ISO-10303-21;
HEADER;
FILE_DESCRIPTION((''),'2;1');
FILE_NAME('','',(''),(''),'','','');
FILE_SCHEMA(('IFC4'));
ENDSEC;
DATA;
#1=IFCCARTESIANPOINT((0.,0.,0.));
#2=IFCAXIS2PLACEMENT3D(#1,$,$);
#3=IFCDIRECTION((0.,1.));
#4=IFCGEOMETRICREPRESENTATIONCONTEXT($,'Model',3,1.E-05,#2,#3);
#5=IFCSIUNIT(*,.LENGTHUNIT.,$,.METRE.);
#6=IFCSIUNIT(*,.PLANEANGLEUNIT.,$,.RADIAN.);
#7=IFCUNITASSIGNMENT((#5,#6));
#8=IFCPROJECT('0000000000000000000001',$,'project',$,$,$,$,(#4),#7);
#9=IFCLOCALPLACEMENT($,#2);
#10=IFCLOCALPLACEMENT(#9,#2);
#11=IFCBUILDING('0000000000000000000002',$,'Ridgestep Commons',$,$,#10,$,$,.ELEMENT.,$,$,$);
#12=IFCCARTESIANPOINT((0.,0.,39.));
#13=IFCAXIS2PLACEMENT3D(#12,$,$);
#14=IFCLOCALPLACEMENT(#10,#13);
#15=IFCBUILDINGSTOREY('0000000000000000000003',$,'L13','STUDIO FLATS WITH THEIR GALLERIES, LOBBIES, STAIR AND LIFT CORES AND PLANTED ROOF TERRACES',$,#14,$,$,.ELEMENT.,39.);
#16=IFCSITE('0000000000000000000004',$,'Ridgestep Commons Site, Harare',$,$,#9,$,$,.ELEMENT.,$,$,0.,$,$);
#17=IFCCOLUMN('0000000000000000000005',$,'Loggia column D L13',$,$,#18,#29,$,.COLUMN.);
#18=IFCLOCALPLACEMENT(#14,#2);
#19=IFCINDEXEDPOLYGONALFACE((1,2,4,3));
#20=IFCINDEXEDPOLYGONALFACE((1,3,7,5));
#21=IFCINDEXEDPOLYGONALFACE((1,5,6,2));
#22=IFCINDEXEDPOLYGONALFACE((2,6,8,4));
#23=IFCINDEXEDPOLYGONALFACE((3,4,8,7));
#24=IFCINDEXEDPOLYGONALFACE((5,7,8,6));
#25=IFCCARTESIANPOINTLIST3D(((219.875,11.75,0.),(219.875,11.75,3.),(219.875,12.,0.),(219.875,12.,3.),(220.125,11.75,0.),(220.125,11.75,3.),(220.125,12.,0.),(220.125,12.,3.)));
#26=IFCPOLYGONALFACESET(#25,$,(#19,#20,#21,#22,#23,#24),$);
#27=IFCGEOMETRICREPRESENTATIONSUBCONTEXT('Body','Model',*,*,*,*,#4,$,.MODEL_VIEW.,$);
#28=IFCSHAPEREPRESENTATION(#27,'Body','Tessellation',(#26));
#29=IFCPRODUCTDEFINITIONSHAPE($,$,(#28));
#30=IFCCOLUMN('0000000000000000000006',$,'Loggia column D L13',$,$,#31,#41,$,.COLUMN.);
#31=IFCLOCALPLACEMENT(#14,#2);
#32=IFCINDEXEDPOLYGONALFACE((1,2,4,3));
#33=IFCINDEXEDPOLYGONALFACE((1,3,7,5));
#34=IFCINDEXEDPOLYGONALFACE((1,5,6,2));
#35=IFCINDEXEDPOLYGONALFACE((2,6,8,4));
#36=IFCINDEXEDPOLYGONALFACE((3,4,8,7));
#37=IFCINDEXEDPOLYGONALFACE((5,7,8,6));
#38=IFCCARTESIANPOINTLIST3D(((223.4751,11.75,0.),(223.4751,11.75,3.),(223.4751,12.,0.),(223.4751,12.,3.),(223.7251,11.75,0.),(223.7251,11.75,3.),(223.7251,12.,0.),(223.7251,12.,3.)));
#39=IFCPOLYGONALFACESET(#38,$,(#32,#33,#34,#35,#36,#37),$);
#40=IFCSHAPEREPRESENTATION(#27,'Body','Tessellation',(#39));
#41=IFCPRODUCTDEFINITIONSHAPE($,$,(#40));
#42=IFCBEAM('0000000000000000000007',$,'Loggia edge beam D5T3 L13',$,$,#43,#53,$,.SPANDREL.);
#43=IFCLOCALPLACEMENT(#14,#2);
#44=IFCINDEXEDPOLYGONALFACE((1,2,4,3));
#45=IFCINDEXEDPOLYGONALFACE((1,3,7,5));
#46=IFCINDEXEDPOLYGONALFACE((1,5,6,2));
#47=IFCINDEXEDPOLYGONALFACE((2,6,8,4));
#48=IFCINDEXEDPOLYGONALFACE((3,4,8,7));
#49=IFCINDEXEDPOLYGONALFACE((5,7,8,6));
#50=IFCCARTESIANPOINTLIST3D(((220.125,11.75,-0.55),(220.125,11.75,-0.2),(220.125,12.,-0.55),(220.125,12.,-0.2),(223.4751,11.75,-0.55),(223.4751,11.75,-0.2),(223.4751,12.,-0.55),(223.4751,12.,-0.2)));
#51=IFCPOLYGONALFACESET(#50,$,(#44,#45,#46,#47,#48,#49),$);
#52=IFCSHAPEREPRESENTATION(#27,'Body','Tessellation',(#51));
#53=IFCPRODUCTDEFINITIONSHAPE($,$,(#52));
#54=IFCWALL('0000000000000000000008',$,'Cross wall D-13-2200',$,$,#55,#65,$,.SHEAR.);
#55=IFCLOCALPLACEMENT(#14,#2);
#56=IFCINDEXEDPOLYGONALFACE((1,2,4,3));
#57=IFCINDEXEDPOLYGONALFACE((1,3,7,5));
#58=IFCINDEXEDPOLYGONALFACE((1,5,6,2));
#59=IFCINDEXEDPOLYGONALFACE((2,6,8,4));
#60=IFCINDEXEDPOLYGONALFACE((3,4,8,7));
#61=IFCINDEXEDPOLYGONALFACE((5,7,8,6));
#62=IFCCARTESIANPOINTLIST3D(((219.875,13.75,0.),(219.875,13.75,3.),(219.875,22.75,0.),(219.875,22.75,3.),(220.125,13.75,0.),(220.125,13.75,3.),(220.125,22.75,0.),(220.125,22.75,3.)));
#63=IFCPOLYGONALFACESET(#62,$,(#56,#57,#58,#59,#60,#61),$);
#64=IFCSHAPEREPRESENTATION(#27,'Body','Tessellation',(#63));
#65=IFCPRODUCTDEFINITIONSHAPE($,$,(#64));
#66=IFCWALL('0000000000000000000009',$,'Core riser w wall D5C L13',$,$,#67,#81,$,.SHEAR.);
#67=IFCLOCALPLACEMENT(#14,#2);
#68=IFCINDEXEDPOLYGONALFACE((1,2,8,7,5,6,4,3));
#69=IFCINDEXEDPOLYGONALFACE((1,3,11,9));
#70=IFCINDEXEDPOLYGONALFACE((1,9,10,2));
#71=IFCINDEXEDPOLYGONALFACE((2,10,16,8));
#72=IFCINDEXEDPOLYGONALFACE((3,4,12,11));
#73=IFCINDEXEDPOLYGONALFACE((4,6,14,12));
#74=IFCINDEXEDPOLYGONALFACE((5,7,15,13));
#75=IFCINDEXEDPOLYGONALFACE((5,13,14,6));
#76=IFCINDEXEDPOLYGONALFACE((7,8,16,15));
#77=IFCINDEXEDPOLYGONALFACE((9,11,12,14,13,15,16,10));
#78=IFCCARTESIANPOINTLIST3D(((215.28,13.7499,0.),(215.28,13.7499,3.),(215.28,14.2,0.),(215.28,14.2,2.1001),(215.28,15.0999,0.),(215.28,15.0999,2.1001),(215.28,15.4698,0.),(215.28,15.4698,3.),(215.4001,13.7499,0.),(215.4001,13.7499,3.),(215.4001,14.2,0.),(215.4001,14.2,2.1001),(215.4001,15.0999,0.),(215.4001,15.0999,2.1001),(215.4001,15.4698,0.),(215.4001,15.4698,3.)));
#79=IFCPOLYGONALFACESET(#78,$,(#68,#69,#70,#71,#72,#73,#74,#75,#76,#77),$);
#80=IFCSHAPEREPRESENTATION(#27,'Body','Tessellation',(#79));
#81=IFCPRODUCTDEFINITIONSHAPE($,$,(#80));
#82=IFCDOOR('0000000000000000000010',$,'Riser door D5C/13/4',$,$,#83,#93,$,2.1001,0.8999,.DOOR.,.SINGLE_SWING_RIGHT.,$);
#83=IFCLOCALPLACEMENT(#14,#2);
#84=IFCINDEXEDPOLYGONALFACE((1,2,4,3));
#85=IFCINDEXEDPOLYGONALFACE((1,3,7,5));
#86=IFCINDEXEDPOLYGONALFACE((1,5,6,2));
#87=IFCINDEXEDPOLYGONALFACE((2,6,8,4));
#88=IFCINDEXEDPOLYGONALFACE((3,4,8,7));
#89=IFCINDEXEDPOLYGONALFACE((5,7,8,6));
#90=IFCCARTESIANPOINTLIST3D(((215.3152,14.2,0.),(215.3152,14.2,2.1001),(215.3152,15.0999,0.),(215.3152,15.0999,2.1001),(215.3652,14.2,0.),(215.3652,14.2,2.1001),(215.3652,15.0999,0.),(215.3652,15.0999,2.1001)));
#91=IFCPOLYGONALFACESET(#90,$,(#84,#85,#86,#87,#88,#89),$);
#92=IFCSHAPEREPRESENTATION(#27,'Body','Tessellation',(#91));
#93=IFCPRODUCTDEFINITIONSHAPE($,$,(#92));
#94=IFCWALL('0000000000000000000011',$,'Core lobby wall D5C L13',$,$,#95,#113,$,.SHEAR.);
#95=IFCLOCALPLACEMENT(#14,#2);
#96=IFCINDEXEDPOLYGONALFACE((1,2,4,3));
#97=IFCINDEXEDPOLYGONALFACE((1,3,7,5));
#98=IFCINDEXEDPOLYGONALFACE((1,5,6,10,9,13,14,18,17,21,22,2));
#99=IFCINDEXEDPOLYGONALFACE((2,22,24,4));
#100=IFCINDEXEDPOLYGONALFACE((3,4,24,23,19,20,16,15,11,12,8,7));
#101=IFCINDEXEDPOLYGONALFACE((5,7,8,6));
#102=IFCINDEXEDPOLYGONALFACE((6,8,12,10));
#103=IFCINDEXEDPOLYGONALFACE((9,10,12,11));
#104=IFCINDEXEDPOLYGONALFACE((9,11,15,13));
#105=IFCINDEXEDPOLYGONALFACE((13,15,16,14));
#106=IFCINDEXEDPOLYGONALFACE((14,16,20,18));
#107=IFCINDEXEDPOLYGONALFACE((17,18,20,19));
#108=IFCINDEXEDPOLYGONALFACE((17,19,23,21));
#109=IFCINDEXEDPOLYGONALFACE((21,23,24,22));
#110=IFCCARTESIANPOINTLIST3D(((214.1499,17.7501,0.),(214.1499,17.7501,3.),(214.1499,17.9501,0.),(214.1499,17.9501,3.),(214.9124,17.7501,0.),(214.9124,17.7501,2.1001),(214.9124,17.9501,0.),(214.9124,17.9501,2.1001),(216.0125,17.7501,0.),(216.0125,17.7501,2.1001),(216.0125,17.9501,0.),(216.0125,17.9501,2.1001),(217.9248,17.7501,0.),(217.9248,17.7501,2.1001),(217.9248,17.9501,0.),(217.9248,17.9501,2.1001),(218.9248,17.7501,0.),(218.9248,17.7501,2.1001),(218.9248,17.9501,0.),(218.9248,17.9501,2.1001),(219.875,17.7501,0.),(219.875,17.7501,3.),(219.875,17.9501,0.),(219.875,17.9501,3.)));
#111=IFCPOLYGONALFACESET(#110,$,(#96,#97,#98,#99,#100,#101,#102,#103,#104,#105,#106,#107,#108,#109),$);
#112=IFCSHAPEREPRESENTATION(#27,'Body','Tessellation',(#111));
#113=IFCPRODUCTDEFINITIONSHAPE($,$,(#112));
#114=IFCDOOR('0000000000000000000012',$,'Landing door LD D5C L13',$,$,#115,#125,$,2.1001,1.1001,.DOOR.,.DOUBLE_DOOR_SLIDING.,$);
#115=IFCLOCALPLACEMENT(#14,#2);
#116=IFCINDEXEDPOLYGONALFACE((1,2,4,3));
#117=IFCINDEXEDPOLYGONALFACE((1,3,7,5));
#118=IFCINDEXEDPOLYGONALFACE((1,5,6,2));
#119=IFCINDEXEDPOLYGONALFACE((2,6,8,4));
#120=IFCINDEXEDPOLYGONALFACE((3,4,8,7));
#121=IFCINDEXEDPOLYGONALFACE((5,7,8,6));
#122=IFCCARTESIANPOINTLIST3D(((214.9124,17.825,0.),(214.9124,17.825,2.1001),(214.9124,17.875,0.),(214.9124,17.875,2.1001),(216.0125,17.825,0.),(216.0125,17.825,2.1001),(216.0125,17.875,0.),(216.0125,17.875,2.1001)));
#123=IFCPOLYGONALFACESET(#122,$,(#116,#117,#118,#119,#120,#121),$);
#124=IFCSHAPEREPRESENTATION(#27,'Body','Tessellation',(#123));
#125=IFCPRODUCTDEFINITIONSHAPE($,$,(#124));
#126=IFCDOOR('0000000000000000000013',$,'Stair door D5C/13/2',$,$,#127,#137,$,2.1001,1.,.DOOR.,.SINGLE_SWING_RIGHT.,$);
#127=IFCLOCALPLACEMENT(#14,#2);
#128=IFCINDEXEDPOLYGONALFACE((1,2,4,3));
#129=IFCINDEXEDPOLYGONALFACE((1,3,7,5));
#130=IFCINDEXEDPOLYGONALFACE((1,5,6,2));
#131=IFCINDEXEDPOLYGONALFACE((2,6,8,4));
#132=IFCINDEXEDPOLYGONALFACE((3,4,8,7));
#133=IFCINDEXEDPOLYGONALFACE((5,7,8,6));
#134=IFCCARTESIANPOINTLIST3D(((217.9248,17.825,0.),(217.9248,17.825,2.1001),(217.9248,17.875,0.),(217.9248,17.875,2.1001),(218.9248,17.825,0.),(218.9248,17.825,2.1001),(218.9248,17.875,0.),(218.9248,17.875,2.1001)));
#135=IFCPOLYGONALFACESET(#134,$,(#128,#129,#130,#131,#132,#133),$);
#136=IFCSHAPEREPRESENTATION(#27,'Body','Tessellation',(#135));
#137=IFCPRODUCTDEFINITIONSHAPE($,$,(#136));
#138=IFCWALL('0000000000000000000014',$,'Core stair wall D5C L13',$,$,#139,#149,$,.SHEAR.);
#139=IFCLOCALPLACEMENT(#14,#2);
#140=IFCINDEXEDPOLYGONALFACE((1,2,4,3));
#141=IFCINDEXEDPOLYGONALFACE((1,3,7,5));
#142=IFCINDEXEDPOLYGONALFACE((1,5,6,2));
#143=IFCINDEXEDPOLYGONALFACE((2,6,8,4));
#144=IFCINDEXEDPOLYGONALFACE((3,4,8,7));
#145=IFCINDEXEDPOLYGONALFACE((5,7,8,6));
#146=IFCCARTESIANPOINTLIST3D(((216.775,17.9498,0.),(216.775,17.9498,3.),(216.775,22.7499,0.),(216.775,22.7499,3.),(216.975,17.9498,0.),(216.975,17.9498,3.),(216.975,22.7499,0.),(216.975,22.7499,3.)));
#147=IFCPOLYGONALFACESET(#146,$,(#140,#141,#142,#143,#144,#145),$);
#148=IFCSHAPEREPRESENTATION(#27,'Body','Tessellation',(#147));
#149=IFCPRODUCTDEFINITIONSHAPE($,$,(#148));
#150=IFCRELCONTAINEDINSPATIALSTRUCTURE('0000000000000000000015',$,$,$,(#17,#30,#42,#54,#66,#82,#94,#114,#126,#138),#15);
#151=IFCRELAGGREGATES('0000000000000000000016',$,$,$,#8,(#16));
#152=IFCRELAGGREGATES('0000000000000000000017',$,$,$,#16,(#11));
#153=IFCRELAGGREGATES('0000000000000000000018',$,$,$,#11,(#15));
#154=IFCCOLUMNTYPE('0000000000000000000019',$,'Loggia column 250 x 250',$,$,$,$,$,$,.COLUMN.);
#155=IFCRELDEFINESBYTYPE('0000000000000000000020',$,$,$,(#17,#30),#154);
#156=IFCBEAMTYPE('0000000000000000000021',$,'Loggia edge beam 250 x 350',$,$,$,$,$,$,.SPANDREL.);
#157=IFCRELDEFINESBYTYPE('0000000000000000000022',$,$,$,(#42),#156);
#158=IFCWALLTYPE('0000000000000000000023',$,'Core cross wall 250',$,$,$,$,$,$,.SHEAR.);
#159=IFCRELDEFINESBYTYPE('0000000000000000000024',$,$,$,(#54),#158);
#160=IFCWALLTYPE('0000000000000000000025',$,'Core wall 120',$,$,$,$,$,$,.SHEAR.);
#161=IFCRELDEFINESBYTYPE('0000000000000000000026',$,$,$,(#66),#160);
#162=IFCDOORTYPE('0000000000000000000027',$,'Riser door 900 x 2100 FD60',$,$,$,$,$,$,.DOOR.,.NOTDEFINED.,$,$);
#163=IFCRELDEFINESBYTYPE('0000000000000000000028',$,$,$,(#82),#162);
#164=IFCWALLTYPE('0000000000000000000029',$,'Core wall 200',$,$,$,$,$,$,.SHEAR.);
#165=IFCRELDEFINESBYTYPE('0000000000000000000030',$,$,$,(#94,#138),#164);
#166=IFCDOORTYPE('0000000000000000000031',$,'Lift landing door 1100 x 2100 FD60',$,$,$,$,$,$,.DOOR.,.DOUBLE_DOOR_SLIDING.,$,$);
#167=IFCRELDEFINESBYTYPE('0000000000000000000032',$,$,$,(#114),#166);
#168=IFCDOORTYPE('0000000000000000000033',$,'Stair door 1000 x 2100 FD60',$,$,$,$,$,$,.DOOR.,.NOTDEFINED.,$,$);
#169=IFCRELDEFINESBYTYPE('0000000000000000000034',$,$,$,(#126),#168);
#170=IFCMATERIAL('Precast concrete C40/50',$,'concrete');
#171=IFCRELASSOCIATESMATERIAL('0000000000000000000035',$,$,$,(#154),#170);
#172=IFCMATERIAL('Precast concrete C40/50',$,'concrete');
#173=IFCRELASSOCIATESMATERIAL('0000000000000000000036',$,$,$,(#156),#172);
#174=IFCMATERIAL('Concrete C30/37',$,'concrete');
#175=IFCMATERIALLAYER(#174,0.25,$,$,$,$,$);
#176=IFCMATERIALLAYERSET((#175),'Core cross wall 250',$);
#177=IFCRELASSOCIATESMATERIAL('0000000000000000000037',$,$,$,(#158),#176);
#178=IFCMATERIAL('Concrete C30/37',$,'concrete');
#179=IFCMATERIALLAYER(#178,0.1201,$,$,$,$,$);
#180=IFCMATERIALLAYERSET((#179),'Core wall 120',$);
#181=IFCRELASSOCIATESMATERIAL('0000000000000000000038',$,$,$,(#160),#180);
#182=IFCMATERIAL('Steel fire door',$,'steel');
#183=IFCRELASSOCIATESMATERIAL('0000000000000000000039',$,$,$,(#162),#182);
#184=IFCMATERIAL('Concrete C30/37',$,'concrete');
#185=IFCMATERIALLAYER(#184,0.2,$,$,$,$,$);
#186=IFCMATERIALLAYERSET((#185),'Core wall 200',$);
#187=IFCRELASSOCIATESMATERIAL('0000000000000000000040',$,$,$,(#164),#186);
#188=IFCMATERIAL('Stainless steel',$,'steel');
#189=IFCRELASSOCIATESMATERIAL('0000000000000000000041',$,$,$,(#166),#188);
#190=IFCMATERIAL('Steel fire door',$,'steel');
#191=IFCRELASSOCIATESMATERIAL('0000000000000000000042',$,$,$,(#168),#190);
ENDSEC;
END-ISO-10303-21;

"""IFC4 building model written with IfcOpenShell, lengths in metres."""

from ifc_helpers import new_model, si_unit, direction, frame, frame_2d, origin, origin_2d, place, context, subcontext, project, spatial, rectangle, extrude, material, layer, layer_set, material_profile, profile_set, type_object, element, fill, save


model = new_model("IFC4")

# Units and contexts
model_context = context("Model", 3, precision=1e-05, world=origin(), true_north=direction((0.0, 1.0)))
body_context = subcontext(model_context, "Body", "Model", "MODEL_VIEW")
ifc_project = project(units=[si_unit("LENGTHUNIT", "METRE"), si_unit("PLANEANGLEUNIT", "RADIAN")], contexts=[model_context])

# Site, building, storey
site_placement = place(None, origin())
site = spatial("IfcSite", under=ifc_project, at=site_placement, Name="Ridgestep Commons Site, Harare", CompositionType="ELEMENT", RefElevation=0.0)
building_placement = place(site_placement, origin())
building = spatial("IfcBuilding", under=site, at=building_placement, Name="Ridgestep Commons", CompositionType="ELEMENT")
storey_placement = place(building_placement, frame((0.0, 0.0, 39.0)))
storey = spatial("IfcBuildingStorey", under=building, at=storey_placement, Name="L13", Description="STUDIO FLATS WITH THEIR GALLERIES, LOBBIES, STAIR AND LIFT CORES AND PLANTED ROOF TERRACES", CompositionType="ELEMENT", Elevation=39.0)

# Columns
ifc_material_1 = material(Name="Precast concrete C40/50", Category="concrete")
ifc_material_profile_1 = material_profile(ifc_material_1, rectangle(XDim=0.25, YDim=0.25, at=origin_2d()), Name="PC 250x250")
ifc_profile_set_1 = profile_set([ifc_material_profile_1], Name="Precast concrete C40/50")
column_type = type_object("IfcColumnType", Name="Loggia column 250 x 250", PredefinedType="COLUMN", material=ifc_profile_set_1)
for number, where, z_axis, x_axis, name in (
    (1, (220.0, 11.875, 0.0), (0.0, 0.0, 1.0), (1.0, 0.0, 0.0), "Loggia column D L13"),
    (2, (223.6001, 11.875, 0.0), (0.0, 0.0, 1.0), (1.0, 0.0, 0.0), "Loggia column D L13"),
):
    element("IfcColumn", number, at=place(storey_placement, frame(where, z_axis=z_axis, x_axis=x_axis)), inside=storey, type_object=column_type, Name=name, PredefinedType="COLUMN", context=body_context, shape_type="SweptSolid", body=[
        extrude(rectangle(XDim=0.25, YDim=0.25, at=origin_2d()), origin(), (0.0, 0.0, 1.0), 3.0),
    ])

# Beam
ifc_material_2 = material(Name="Precast concrete C40/50", Category="concrete")
ifc_material_profile_2 = material_profile(ifc_material_2, rectangle(XDim=0.25, YDim=0.3501, at=origin_2d()), Name="PC 250x350")
ifc_profile_set_2 = profile_set([ifc_material_profile_2], Name="Precast concrete C40/50")
beam_type = type_object("IfcBeamType", Name="Loggia edge beam 250 x 350", PredefinedType="SPANDREL", material=ifc_profile_set_2)
beam_placement = place(storey_placement, frame((220.125, 11.875, -0.375), z_axis=(1.0, 0.0, 0.0), x_axis=(0.0, 1.0, 0.0)))
element("IfcBeam", 3, at=beam_placement, inside=storey, type_object=beam_type, Name="Loggia edge beam D5T3 L13", PredefinedType="SPANDREL", context=body_context, shape_type="SweptSolid", body=[
    extrude(rectangle(XDim=0.25, YDim=0.3501, at=origin_2d()), origin(), (0.0, 0.0, 1.0), 3.3501),
])

# Wall
ifc_material_3 = material(Name="Concrete C30/37", Category="concrete")
ifc_layer_1 = layer(ifc_material_3, 0.25)
ifc_layer_set_1 = layer_set([ifc_layer_1], Name="Core cross wall 250")
wall_type_1 = type_object("IfcWallType", Name="Core cross wall 250", PredefinedType="SHEAR", material=ifc_layer_set_1)
wall_1_placement = place(storey_placement, frame((220.0, 13.75, 0.0), z_axis=(0.0, 0.0, 1.0), x_axis=(0.0, 1.0, 0.0)))
element("IfcWall", 4, at=wall_1_placement, inside=storey, type_object=wall_type_1, Name="Cross wall D-13-2200", PredefinedType="SHEAR", context=body_context, shape_type="SweptSolid", body=[
    extrude(rectangle(XDim=9.0, YDim=0.25, at=frame_2d((4.5, 0.0))), origin(), (0.0, 0.0, 1.0), 3.0),
])

# Wall, opening, door
ifc_material_4 = material(Name="Concrete C30/37", Category="concrete")
ifc_layer_2 = layer(ifc_material_4, 0.1201)
ifc_layer_set_2 = layer_set([ifc_layer_2], Name="Core wall 120")
wall_type_2 = type_object("IfcWallType", Name="Core wall 120", PredefinedType="SHEAR", material=ifc_layer_set_2)
wall_2_placement = place(storey_placement, frame((215.3401, 13.75, 0.0), z_axis=(0.0, 0.0, 1.0), x_axis=(0.0, 1.0, 0.0)))
wall_2 = element("IfcWall", 5, at=wall_2_placement, inside=storey, type_object=wall_type_2, Name="Core riser w wall D5C L13", PredefinedType="SHEAR", context=body_context, shape_type="SweptSolid", body=[
    extrude(rectangle(XDim=1.72, YDim=0.1201, at=frame_2d((0.8599, 0.0))), origin(), (0.0, 0.0, 1.0), 3.0),
])
opening_1_placement = place(wall_2_placement, frame((0.45, 0.0, 0.0)))
opening_1 = element("IfcOpeningElement", 6, at=opening_1_placement, cuts=wall_2, PredefinedType="OPENING", context=body_context, shape_type="SweptSolid", body=[
    extrude(rectangle(XDim=0.8999, YDim=2.1001, at=frame_2d((0.45, 1.05))), frame((0.0, 0.0701, 0.0), z_axis=(0.0, -1.0, 0.0), x_axis=(1.0, 0.0, 0.0)), (0.0, 0.0, 1.0), 0.1401),
])
ifc_material_5 = material(Name="Steel fire door", Category="steel")
door_type_1 = type_object("IfcDoorType", Name="Riser door 900 x 2100 FD60", OperationType="NOTDEFINED", PredefinedType="DOOR", material=ifc_material_5)
door_1_placement = place(opening_1_placement, origin())
door_1 = element("IfcDoor", 7, at=door_1_placement, inside=storey, type_object=door_type_1, Name="Riser door D5C/13/4", OperationType="SINGLE_SWING_RIGHT", OverallHeight=2.1001, OverallWidth=0.8999, PredefinedType="DOOR", context=body_context, shape_type="SweptSolid", body=[
    extrude(rectangle(XDim=0.8999, YDim=2.1001, at=frame_2d((0.45, 1.05))), frame((0.0, 0.0249, 0.0), z_axis=(0.0, -1.0, 0.0), x_axis=(1.0, 0.0, 0.0)), (0.0, 0.0, 1.0), 0.05),
])
fill(opening_1, door_1)

# Wall, openings, doors
ifc_material_6 = material(Name="Concrete C30/37", Category="concrete")
ifc_layer_3 = layer(ifc_material_6, 0.2)
ifc_layer_set_3 = layer_set([ifc_layer_3], Name="Core wall 200")
wall_type_3 = type_object("IfcWallType", Name="Core wall 200", PredefinedType="SHEAR", material=ifc_layer_set_3)
wall_3_placement = place(storey_placement, frame((214.1499, 17.8501, 0.0), z_axis=(0.0, 0.0, 1.0), x_axis=(1.0, 0.0, 0.0)))
wall_3 = element("IfcWall", 8, at=wall_3_placement, inside=storey, type_object=wall_type_3, Name="Core lobby wall D5C L13", PredefinedType="SHEAR", context=body_context, shape_type="SweptSolid", body=[
    extrude(rectangle(XDim=5.7251, YDim=0.2, at=frame_2d((2.8625, 0.0))), origin(), (0.0, 0.0, 1.0), 3.0),
])
opening_2_placement = place(wall_3_placement, frame((3.7749, 0.0, 0.0)))
opening_2 = element("IfcOpeningElement", 9, at=opening_2_placement, cuts=wall_3, PredefinedType="OPENING", context=body_context, shape_type="SweptSolid", body=[
    extrude(rectangle(XDim=1.0, YDim=2.1001, at=frame_2d((0.5, 1.05))), frame((0.0, 0.1099, 0.0), z_axis=(0.0, -1.0, 0.0), x_axis=(1.0, 0.0, 0.0)), (0.0, 0.0, 1.0), 0.22),
])
opening_3_placement = place(wall_3_placement, frame((0.7625, 0.0, 0.0)))
opening_3 = element("IfcOpeningElement", 10, at=opening_3_placement, cuts=wall_3, PredefinedType="OPENING", context=body_context, shape_type="SweptSolid", body=[
    extrude(rectangle(XDim=1.1001, YDim=2.1001, at=frame_2d((0.55, 1.05))), frame((0.0, 0.1099, 0.0), z_axis=(0.0, -1.0, 0.0), x_axis=(1.0, 0.0, 0.0)), (0.0, 0.0, 1.0), 0.22),
])
ifc_material_7 = material(Name="Stainless steel", Category="steel")
door_type_2 = type_object("IfcDoorType", Name="Lift landing door 1100 x 2100 FD60", OperationType="DOUBLE_DOOR_SLIDING", PredefinedType="DOOR", material=ifc_material_7)
door_2_placement = place(opening_3_placement, origin())
door_2 = element("IfcDoor", 11, at=door_2_placement, inside=storey, type_object=door_type_2, Name="Landing door LD D5C L13", OperationType="DOUBLE_DOOR_SLIDING", OverallHeight=2.1001, OverallWidth=1.1001, PredefinedType="DOOR", context=body_context, shape_type="SweptSolid", body=[
    extrude(rectangle(XDim=1.1001, YDim=2.1001, at=frame_2d((0.55, 1.05))), frame((0.0, 0.0249, 0.0), z_axis=(0.0, -1.0, 0.0), x_axis=(1.0, 0.0, 0.0)), (0.0, 0.0, 1.0), 0.05),
])
fill(opening_3, door_2)
ifc_material_8 = material(Name="Steel fire door", Category="steel")
door_type_3 = type_object("IfcDoorType", Name="Stair door 1000 x 2100 FD60", OperationType="NOTDEFINED", PredefinedType="DOOR", material=ifc_material_8)
door_3_placement = place(opening_2_placement, origin())
door_3 = element("IfcDoor", 12, at=door_3_placement, inside=storey, type_object=door_type_3, Name="Stair door D5C/13/2", OperationType="SINGLE_SWING_RIGHT", OverallHeight=2.1001, OverallWidth=1.0, PredefinedType="DOOR", context=body_context, shape_type="SweptSolid", body=[
    extrude(rectangle(XDim=1.0, YDim=2.1001, at=frame_2d((0.5, 1.05))), frame((0.0, 0.0249, 0.0), z_axis=(0.0, -1.0, 0.0), x_axis=(1.0, 0.0, 0.0)), (0.0, 0.0, 1.0), 0.05),
])
fill(opening_2, door_3)

# Wall
wall_4_placement = place(storey_placement, frame((216.875, 17.95, 0.0), z_axis=(0.0, 0.0, 1.0), x_axis=(0.0, 1.0, 0.0)))
element("IfcWall", 13, at=wall_4_placement, inside=storey, type_object=wall_type_3, Name="Core stair wall D5C L13", PredefinedType="SHEAR", context=body_context, shape_type="SweptSolid", body=[
    extrude(rectangle(XDim=4.8, YDim=0.2, at=frame_2d((2.3999, 0.0))), origin(), (0.0, 0.0, 1.0), 3.0),
])

save(model, "model.ifc")
